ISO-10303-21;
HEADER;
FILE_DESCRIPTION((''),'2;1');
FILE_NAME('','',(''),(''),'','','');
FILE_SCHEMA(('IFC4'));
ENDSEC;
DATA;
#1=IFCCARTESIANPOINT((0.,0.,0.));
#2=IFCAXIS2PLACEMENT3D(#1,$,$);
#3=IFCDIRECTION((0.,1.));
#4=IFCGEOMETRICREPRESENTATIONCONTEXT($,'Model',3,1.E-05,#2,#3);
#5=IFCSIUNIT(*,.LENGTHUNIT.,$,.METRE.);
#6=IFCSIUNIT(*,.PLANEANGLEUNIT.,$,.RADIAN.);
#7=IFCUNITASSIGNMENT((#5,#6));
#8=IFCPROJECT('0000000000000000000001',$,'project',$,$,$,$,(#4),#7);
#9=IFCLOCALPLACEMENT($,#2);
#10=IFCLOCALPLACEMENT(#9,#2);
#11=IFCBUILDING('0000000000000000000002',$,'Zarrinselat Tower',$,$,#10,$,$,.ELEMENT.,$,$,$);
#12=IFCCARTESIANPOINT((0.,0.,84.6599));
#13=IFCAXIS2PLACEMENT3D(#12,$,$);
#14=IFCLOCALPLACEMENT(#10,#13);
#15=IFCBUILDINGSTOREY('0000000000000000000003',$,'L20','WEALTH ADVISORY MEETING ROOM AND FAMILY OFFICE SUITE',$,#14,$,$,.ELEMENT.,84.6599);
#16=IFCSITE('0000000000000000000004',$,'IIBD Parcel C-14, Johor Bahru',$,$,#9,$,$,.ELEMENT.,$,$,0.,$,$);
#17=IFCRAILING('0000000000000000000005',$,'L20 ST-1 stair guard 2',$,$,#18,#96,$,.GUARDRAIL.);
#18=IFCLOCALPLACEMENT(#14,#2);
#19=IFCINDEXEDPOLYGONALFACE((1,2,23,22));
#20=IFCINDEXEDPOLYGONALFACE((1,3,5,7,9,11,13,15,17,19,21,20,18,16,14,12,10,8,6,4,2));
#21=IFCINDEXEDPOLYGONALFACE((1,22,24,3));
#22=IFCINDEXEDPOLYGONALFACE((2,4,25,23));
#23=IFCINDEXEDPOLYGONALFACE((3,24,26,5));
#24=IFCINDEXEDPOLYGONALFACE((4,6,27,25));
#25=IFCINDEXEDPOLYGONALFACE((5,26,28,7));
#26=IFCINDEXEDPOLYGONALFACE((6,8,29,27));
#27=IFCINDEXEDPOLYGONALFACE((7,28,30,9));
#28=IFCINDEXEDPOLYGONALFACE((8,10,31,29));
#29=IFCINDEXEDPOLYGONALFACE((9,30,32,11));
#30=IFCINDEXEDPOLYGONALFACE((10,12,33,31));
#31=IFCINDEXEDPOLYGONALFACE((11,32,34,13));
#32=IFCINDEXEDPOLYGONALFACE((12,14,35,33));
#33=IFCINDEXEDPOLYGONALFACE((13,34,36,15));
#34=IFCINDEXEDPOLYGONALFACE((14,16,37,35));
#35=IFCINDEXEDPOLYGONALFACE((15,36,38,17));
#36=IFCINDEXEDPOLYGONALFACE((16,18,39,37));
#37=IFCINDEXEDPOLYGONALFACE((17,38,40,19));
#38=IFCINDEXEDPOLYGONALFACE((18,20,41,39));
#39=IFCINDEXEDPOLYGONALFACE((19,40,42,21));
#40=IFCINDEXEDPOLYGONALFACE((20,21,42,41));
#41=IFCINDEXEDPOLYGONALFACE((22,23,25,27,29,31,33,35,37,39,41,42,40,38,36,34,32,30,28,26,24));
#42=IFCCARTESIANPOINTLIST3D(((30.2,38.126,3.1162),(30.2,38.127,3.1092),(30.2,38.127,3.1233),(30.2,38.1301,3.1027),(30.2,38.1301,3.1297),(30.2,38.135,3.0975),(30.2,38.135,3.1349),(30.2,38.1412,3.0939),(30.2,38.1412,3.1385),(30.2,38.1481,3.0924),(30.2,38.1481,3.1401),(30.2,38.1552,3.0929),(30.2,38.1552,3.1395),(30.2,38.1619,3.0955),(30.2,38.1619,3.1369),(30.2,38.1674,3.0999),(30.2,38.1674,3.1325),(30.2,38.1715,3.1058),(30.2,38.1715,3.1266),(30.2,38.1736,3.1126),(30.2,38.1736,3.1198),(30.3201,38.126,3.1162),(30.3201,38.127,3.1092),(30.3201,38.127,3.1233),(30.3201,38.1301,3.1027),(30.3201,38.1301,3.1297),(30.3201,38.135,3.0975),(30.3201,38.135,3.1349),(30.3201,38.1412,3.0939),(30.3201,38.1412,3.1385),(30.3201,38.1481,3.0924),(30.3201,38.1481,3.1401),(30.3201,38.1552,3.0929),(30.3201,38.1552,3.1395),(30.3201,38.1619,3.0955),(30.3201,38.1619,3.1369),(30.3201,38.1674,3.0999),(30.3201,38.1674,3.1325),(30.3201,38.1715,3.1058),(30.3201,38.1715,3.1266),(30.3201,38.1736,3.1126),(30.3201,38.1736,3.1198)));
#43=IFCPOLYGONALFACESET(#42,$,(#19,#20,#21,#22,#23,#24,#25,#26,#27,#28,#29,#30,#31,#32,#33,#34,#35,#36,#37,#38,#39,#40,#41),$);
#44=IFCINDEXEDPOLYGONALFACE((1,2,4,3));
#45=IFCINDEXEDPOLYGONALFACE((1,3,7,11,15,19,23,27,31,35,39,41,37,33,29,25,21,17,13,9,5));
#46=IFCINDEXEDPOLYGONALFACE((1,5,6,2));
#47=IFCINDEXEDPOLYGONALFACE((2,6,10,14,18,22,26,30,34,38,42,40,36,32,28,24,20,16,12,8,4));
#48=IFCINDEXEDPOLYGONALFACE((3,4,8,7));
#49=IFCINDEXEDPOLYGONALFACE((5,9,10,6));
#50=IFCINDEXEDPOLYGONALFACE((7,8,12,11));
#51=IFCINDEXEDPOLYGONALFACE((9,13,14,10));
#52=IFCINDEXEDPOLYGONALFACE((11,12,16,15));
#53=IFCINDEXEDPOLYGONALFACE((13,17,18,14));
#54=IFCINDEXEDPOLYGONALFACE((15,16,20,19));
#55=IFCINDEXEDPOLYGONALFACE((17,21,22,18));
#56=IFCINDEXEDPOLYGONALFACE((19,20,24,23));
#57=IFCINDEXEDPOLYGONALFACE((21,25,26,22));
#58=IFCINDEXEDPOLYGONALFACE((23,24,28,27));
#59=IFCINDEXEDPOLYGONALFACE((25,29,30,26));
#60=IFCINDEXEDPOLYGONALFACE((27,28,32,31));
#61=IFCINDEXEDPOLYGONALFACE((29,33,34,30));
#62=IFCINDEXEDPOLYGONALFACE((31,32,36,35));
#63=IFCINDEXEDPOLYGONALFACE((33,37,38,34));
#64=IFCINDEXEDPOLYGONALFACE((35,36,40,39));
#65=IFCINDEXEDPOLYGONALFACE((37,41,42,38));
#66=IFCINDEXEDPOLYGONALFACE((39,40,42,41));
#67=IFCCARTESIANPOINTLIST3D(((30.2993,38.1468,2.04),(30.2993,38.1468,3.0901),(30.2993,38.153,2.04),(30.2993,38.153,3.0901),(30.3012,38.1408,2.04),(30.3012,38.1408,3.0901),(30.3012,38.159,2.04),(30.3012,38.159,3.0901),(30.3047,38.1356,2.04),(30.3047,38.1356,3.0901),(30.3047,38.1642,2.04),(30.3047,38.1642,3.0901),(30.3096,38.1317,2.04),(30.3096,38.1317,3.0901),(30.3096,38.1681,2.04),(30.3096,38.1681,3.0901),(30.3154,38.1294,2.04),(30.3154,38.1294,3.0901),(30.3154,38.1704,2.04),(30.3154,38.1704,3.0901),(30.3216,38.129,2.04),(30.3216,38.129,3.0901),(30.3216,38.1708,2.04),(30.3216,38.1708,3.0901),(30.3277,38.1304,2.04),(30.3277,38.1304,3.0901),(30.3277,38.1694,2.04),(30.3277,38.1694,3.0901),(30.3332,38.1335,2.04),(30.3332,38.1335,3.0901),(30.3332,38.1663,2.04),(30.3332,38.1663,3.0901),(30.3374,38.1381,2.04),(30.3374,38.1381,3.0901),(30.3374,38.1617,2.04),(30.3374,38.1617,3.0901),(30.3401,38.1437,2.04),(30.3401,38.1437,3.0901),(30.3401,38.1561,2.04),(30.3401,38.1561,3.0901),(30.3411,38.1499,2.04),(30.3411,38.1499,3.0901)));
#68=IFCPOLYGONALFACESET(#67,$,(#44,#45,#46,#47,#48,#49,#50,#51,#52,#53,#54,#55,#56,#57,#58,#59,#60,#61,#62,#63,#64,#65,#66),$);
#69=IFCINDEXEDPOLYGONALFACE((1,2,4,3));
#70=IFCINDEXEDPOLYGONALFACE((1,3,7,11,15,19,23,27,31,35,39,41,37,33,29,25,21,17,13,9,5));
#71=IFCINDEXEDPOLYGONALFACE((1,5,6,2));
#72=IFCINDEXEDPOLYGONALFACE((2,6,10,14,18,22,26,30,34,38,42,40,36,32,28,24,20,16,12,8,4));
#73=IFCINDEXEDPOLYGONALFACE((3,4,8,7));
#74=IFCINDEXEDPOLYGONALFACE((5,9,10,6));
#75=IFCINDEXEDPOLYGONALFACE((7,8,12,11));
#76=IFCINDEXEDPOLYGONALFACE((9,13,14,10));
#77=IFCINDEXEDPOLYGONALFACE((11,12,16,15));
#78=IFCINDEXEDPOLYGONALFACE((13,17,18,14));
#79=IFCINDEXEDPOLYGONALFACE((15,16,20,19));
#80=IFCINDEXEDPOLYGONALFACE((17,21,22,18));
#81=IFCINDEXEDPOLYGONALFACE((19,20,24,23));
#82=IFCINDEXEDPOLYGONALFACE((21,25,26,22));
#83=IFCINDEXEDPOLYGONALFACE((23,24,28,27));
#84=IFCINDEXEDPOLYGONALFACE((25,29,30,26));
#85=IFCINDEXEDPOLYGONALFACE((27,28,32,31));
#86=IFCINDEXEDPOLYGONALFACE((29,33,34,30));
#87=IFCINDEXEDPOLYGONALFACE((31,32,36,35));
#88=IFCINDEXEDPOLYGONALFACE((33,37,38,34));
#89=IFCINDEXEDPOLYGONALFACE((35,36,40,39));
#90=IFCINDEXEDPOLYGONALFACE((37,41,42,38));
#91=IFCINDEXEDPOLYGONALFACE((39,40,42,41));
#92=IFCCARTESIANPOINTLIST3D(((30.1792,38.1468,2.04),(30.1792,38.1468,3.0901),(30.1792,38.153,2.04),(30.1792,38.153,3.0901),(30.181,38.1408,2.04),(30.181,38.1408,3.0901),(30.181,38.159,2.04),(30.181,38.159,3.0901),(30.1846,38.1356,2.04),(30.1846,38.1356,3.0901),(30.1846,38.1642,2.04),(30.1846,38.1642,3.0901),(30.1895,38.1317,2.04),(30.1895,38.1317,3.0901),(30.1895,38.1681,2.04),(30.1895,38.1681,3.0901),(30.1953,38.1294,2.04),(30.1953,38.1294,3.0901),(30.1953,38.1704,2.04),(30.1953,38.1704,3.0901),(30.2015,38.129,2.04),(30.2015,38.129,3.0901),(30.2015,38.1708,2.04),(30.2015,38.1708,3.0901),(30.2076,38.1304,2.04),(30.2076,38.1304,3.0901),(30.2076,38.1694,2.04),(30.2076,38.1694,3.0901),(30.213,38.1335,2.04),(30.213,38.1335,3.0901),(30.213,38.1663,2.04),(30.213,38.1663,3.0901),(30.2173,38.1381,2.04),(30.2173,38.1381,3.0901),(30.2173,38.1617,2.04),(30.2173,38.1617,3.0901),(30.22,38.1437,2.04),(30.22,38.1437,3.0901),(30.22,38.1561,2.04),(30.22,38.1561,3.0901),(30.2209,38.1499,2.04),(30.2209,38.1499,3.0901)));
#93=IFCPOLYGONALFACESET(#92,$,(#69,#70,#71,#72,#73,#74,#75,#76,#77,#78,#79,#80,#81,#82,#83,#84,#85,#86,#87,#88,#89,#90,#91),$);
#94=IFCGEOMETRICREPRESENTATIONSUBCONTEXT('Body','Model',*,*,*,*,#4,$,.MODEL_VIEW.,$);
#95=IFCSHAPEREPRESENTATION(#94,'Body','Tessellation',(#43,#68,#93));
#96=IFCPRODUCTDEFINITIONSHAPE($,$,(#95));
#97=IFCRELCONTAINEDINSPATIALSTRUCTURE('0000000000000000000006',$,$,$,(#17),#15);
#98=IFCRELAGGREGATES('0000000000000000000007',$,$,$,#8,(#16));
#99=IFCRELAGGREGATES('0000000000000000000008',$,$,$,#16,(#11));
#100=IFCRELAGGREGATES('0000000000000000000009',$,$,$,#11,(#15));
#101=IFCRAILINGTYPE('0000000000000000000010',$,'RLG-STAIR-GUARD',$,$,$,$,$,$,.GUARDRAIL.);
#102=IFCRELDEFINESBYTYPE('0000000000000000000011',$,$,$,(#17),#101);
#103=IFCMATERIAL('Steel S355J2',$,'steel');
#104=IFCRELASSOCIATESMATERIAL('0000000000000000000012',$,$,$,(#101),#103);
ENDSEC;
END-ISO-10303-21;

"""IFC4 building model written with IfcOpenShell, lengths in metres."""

from ifc_helpers import new_model, si_unit, direction, frame, origin, origin_2d, place, context, subcontext, project, spatial, circle, extrude, material, type_object, element, save


model = new_model("IFC4")

# Units and contexts
model_context = context("Model", 3, precision=1e-05, world=origin(), true_north=direction((0.0, 1.0)))
body_context = subcontext(model_context, "Body", "Model", "MODEL_VIEW")
ifc_project = project(units=[si_unit("LENGTHUNIT", "METRE"), si_unit("PLANEANGLEUNIT", "RADIAN")], contexts=[model_context])

# Site, building, storey
site_placement = place(None, origin())
site = spatial("IfcSite", under=ifc_project, at=site_placement, Name="IIBD Parcel C-14, Johor Bahru", CompositionType="ELEMENT", RefElevation=0.0)
building_placement = place(site_placement, origin())
building = spatial("IfcBuilding", under=site, at=building_placement, Name="Zarrinselat Tower", CompositionType="ELEMENT")
storey_placement = place(building_placement, frame((0.0, 0.0, 84.6599)))
storey = spatial("IfcBuildingStorey", under=building, at=storey_placement, Name="L20", Description="WEALTH ADVISORY MEETING ROOM AND FAMILY OFFICE SUITE", CompositionType="ELEMENT", Elevation=84.6599)

# Railing
ifc_material_1 = material(Name="Steel S355J2", Category="steel")
railing_type_1 = type_object("IfcRailingType", Name="RLG-STAIR-GUARD", PredefinedType="GUARDRAIL", material=ifc_material_1)
railing_1_placement = place(storey_placement, frame((30.3201, 38.1499, 2.04)))
element("IfcRailing", 1, at=railing_1_placement, inside=storey, type_object=railing_type_1, Name="L20 ST-1 stair guard 2", PredefinedType="GUARDRAIL", context=body_context, shape_type="SweptSolid", body=[
    extrude(circle(Radius=0.0239, at=origin_2d()), frame((0.0, 0.0, 1.0762), z_axis=(-1.0, 0.0, 0.0), x_axis=(0.0, -1.0, 0.0)), (0.0, 0.0, 1.0), 0.1201),
    extrude(circle(Radius=0.021, at=origin_2d()), origin(), (0.0, 0.0, 1.0), 1.05),
    extrude(circle(Radius=0.021, at=origin_2d()), frame((-0.1201, 0.0, 0.0)), (0.0, 0.0, 1.0), 1.05),
])

save(model, "model.ifc")
